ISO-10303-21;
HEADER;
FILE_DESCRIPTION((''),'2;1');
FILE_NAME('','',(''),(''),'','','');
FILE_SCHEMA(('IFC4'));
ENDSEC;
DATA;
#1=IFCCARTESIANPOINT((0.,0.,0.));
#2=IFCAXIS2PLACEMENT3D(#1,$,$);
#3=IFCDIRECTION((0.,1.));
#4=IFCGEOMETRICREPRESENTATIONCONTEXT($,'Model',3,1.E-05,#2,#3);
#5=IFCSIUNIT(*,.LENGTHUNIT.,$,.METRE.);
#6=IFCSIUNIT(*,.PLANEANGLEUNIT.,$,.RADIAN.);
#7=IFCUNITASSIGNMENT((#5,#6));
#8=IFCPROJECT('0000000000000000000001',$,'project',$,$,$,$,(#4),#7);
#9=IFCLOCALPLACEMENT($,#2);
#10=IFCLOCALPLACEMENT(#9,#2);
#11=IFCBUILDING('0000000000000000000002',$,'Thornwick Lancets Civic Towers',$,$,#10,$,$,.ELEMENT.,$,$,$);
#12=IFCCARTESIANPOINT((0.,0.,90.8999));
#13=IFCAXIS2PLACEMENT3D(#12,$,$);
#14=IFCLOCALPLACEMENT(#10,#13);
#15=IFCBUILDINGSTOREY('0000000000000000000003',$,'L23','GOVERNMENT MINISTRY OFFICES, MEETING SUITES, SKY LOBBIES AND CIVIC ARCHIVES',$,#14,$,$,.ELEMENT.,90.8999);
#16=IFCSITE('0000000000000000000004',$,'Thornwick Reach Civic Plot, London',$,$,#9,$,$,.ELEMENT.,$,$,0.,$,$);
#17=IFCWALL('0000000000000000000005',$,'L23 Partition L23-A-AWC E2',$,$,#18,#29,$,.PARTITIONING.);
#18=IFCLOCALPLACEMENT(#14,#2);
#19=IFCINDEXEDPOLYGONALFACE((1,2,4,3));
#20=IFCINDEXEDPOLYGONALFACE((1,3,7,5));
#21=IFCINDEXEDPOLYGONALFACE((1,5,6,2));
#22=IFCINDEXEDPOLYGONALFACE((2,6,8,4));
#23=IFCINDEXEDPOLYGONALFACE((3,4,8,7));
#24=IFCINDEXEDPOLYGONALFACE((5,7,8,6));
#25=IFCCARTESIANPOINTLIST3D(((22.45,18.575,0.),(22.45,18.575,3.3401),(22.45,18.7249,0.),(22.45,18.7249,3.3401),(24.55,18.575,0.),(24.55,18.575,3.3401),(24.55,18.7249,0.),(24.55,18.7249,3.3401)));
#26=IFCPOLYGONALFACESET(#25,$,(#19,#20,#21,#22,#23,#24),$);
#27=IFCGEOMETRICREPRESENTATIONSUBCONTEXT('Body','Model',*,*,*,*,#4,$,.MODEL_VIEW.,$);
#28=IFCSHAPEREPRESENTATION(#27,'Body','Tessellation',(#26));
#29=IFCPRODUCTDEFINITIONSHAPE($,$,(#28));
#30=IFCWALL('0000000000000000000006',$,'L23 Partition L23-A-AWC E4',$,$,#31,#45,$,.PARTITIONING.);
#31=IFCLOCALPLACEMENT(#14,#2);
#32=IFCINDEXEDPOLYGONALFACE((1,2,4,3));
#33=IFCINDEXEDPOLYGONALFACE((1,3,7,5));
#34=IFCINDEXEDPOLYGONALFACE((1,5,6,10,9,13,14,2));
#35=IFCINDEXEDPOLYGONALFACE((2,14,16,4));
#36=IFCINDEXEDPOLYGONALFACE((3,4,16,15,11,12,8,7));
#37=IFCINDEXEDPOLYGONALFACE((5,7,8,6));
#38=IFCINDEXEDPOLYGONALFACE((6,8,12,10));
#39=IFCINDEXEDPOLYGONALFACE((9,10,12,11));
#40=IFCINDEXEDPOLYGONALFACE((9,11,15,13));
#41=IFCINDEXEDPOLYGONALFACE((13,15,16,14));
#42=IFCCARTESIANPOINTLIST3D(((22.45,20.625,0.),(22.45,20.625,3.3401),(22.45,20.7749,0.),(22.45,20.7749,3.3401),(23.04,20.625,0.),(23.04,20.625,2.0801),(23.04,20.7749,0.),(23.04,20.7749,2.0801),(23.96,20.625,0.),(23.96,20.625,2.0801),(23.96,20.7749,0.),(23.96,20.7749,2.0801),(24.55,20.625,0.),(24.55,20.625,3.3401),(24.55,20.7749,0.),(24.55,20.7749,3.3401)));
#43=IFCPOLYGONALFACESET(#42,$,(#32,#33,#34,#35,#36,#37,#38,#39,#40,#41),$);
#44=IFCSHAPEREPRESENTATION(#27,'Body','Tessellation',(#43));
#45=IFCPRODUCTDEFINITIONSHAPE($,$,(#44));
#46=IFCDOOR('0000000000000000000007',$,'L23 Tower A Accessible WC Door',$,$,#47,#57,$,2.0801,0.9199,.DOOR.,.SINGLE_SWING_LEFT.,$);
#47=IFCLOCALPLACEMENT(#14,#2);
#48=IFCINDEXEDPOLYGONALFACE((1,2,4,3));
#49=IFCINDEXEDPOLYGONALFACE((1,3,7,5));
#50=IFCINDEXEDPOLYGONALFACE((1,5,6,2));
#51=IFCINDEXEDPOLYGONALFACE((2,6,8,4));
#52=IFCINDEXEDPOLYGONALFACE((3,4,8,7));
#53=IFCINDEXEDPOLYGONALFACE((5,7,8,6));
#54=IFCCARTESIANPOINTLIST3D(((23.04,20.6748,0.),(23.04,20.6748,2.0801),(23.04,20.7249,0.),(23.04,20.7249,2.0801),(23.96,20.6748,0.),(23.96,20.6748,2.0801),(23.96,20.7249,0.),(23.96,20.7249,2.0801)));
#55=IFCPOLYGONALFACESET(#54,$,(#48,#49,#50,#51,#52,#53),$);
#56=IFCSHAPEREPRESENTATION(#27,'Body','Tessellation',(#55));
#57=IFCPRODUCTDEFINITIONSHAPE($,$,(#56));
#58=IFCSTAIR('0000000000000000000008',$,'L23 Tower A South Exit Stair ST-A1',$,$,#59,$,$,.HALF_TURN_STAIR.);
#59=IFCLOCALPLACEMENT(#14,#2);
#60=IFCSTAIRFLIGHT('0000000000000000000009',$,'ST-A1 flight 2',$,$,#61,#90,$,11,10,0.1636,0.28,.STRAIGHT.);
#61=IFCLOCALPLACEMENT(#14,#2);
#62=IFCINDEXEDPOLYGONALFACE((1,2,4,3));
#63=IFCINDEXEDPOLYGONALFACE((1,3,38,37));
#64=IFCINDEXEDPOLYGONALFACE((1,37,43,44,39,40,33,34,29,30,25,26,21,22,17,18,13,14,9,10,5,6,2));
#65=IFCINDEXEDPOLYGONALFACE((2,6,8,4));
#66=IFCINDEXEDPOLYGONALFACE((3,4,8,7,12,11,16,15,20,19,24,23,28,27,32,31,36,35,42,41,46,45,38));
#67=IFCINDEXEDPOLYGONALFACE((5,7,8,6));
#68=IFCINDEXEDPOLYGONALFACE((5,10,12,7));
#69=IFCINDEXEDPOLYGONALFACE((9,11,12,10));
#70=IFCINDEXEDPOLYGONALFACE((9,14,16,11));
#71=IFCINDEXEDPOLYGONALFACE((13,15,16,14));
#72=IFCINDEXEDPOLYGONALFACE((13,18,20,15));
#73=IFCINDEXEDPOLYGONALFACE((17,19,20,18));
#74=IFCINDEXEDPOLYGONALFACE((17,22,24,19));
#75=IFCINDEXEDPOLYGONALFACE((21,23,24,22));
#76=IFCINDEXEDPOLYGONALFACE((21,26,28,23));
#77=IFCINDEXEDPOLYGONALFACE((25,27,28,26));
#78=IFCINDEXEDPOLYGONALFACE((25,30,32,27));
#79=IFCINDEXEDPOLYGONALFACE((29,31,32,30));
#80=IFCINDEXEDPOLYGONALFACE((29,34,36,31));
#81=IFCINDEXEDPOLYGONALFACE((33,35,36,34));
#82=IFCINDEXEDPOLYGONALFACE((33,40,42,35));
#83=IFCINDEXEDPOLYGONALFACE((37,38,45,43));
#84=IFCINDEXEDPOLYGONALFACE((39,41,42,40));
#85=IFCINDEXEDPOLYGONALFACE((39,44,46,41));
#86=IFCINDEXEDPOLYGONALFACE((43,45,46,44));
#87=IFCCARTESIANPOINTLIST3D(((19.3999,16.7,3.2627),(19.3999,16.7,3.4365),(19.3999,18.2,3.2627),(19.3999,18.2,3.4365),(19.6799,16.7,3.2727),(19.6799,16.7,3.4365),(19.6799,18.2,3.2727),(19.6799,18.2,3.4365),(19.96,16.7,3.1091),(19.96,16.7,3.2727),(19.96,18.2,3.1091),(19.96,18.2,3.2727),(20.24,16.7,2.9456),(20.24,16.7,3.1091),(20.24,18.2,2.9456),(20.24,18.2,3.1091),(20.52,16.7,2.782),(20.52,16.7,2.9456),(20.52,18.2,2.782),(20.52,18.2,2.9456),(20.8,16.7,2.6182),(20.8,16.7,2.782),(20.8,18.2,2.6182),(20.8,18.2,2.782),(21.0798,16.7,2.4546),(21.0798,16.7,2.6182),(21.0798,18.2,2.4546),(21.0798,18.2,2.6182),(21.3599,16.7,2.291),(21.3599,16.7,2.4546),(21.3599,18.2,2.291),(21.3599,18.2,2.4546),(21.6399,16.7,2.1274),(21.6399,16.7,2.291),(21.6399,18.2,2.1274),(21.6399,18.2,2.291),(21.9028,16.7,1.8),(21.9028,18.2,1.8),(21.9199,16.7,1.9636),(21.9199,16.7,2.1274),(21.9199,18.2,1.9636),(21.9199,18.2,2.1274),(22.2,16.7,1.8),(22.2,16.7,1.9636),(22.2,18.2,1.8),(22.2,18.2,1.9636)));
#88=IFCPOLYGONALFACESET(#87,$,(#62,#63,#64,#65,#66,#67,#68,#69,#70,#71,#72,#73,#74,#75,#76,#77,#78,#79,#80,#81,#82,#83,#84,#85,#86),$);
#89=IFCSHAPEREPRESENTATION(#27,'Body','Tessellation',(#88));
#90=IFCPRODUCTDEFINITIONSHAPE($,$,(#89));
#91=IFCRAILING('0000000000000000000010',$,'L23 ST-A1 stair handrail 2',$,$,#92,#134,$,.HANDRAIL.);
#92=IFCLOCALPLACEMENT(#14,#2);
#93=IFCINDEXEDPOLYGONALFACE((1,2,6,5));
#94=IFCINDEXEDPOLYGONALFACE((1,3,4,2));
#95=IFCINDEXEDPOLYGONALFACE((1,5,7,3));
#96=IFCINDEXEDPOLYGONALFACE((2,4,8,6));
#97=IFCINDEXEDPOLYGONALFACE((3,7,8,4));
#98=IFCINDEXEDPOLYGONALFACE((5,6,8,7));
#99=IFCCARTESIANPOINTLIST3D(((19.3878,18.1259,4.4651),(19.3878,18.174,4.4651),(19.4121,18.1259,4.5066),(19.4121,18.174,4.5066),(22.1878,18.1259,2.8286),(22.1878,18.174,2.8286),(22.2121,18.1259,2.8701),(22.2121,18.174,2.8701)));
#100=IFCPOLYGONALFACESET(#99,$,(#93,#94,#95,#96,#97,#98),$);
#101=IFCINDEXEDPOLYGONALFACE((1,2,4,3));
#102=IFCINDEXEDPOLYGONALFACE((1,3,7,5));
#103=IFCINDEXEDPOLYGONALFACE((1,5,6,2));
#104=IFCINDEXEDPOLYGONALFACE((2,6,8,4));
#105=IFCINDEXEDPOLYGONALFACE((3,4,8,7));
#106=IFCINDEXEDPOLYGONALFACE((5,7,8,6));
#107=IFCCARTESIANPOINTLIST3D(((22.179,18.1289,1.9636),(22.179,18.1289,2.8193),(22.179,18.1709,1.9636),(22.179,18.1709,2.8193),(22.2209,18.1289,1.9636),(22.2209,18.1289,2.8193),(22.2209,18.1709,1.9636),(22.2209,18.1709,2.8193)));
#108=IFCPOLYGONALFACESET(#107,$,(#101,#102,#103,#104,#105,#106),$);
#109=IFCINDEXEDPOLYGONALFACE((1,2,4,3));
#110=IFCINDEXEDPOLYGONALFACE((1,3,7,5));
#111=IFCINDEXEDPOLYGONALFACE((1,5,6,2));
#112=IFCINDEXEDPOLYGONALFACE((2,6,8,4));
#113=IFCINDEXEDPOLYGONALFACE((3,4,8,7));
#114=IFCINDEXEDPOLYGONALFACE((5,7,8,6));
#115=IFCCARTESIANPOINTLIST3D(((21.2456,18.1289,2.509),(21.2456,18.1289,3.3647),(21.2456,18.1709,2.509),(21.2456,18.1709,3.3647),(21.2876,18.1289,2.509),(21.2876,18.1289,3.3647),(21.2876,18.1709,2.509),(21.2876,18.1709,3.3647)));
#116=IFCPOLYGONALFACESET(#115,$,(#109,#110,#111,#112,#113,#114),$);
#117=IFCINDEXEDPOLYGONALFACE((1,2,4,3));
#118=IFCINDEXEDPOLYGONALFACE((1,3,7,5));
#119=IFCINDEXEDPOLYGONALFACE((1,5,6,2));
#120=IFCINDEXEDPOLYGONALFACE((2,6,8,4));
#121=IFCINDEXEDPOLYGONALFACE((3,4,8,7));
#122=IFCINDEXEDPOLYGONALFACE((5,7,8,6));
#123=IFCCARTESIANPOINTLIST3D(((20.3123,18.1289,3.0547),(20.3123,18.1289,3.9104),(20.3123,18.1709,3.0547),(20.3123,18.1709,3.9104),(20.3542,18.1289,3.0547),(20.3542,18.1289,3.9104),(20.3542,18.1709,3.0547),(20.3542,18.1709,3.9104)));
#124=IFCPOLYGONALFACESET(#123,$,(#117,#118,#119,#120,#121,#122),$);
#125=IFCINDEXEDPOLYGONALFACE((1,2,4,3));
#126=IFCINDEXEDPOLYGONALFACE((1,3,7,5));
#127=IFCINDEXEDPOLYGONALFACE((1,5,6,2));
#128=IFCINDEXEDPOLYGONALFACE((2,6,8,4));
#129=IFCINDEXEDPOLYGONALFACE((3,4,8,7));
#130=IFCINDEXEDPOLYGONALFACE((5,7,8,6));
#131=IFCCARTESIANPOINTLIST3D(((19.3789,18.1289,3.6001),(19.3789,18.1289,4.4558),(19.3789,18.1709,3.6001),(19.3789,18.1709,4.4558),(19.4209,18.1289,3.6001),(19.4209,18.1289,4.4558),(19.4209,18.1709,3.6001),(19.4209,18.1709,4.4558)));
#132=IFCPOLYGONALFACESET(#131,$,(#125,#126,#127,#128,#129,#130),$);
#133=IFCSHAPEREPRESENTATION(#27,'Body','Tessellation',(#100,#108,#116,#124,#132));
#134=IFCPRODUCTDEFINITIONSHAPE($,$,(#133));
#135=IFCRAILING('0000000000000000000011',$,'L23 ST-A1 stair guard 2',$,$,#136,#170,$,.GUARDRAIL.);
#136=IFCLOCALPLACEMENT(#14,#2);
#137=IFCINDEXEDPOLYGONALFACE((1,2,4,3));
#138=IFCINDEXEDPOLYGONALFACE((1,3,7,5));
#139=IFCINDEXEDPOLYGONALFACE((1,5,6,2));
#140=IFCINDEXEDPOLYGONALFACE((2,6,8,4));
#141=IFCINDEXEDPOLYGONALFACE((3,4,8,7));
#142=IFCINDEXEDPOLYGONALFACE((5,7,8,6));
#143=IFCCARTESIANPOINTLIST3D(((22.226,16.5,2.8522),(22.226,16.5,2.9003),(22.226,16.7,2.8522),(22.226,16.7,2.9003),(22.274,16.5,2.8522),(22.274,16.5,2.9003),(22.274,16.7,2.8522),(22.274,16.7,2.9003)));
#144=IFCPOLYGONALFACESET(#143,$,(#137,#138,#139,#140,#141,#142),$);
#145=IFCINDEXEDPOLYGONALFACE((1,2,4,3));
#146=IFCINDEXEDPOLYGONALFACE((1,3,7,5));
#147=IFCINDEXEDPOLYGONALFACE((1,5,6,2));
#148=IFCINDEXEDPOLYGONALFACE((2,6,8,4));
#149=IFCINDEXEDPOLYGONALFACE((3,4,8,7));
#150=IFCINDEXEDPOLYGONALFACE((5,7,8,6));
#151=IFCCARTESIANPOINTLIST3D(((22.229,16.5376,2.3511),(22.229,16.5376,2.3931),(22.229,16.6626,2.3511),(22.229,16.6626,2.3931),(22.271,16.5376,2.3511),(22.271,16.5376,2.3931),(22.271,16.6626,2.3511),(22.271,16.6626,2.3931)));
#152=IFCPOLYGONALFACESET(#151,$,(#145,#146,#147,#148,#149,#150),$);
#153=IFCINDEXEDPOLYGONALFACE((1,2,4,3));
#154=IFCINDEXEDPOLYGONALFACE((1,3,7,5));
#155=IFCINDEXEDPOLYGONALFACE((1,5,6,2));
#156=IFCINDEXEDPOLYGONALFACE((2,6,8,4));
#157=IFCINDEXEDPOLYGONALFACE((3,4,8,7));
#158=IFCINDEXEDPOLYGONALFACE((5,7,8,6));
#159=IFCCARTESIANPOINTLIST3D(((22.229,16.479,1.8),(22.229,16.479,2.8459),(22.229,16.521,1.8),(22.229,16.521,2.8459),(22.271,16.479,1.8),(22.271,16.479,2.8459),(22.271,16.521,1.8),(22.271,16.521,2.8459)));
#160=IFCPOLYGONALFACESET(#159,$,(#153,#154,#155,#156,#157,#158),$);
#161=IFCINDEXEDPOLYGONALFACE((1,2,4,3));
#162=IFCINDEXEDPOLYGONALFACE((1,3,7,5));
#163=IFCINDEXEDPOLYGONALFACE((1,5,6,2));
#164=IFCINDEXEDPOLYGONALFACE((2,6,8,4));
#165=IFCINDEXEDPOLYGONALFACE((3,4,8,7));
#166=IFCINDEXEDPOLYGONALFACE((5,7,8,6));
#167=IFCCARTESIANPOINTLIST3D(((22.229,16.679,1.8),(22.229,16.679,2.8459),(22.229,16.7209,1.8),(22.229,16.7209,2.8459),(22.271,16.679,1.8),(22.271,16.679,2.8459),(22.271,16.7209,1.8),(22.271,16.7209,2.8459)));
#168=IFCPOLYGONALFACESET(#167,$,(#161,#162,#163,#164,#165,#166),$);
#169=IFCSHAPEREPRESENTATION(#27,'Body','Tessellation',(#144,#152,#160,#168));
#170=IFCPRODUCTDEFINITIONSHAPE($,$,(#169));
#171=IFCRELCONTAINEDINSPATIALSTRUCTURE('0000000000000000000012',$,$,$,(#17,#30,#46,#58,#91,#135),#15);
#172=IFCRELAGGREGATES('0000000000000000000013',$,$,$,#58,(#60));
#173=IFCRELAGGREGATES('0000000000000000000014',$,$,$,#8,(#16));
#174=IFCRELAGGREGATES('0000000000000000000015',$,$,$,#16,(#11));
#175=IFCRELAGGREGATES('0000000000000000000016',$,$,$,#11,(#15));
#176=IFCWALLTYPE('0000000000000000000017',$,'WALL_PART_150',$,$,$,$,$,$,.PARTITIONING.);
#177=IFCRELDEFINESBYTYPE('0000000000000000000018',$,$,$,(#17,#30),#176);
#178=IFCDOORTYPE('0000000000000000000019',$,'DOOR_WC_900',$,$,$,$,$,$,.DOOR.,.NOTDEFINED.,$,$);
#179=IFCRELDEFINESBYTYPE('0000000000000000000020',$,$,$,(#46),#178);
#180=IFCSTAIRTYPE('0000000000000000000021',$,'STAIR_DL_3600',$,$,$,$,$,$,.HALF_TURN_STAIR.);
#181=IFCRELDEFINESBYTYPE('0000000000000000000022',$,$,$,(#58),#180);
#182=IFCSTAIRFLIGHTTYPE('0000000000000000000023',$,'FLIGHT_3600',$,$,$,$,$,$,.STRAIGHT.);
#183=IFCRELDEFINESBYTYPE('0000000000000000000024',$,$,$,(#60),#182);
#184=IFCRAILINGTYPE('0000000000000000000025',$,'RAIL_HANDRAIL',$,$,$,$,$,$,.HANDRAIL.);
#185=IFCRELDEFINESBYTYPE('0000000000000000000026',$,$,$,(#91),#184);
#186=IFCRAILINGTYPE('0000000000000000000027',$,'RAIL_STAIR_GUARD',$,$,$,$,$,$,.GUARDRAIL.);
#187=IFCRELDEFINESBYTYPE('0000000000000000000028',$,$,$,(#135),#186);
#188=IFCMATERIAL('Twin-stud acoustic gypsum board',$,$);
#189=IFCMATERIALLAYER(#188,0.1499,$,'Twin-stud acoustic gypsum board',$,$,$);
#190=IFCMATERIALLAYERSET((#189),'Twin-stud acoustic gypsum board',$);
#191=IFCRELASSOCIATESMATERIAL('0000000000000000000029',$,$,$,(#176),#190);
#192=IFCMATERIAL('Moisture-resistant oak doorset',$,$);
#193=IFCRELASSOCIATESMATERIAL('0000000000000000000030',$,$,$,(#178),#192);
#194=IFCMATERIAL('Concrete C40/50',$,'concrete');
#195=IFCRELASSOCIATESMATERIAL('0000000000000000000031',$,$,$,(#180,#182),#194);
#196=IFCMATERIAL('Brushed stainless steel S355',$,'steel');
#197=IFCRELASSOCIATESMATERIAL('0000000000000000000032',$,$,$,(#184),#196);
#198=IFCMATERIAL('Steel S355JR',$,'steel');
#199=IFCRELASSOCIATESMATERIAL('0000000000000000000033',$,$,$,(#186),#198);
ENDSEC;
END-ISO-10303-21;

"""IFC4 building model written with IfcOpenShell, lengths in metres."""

from ifc_helpers import new_model, si_unit, direction, frame, frame_2d, origin, origin_2d, place, context, subcontext, project, spatial, polyline, rectangle, outline, extrude, material, layer, layer_set, type_object, element, fill, aggregate, save


model = new_model("IFC4")

# Units and contexts
model_context = context("Model", 3, precision=1e-05, world=origin(), true_north=direction((0.0, 1.0)))
body_context = subcontext(model_context, "Body", "Model", "MODEL_VIEW")
ifc_project = project(units=[si_unit("LENGTHUNIT", "METRE"), si_unit("PLANEANGLEUNIT", "RADIAN")], contexts=[model_context])

# Site, building, storey
site_placement = place(None, origin())
site = spatial("IfcSite", under=ifc_project, at=site_placement, Name="Thornwick Reach Civic Plot, London", CompositionType="ELEMENT", RefElevation=0.0)
building_placement = place(site_placement, origin())
building = spatial("IfcBuilding", under=site, at=building_placement, Name="Thornwick Lancets Civic Towers", CompositionType="ELEMENT")
storey_placement = place(building_placement, frame((0.0, 0.0, 90.8999)))
storey = spatial("IfcBuildingStorey", under=building, at=storey_placement, Name="L23", Description="GOVERNMENT MINISTRY OFFICES, MEETING SUITES, SKY LOBBIES AND CIVIC ARCHIVES", CompositionType="ELEMENT", Elevation=90.8999)

# Shared definitions
ifc_material_1 = material(Name="Steel S355JR", Category="steel")

# Shared definitions
ifc_material_2 = material(Name="Twin-stud acoustic gypsum board")
ifc_layer_1 = layer(ifc_material_2, 0.1499, Name="Twin-stud acoustic gypsum board")
ifc_layer_set_1 = layer_set([ifc_layer_1], Name="Twin-stud acoustic gypsum board")
wall_type_1 = type_object("IfcWallType", Name="WALL_PART_150", PredefinedType="PARTITIONING", material=ifc_layer_set_1)
ifc_material_3 = material(Name="Moisture-resistant oak doorset")
door_type_1 = type_object("IfcDoorType", Name="DOOR_WC_900", OperationType="NOTDEFINED", PredefinedType="DOOR", material=ifc_material_3)

# Wall
wall_1_placement = place(storey_placement, frame((24.55, 18.6499, 0.0), z_axis=(0.0, 0.0, 1.0), x_axis=(-1.0, 0.0, 0.0)))
element("IfcWall", 1, at=wall_1_placement, inside=storey, type_object=wall_type_1, Name="L23 Partition L23-A-AWC E2", PredefinedType="PARTITIONING", context=body_context, shape_type="SweptSolid", body=[
    extrude(rectangle(XDim=2.1001, YDim=0.1499, at=frame_2d((1.05, 0.0))), origin(), (0.0, 0.0, 1.0), 3.3401),
])

# Wall, opening, door
wall_2_placement = place(storey_placement, frame((22.45, 20.7, 0.0), z_axis=(0.0, 0.0, 1.0), x_axis=(1.0, 0.0, 0.0)))
wall_2 = element("IfcWall", 2, at=wall_2_placement, inside=storey, type_object=wall_type_1, Name="L23 Partition L23-A-AWC E4", PredefinedType="PARTITIONING", context=body_context, shape_type="SweptSolid", body=[
    extrude(rectangle(XDim=2.1001, YDim=0.1499, at=frame_2d((1.05, 0.0))), origin(), (0.0, 0.0, 1.0), 3.3401),
])
opening_1_placement = place(wall_2_placement, frame((0.5901, 0.0, 0.0)))
opening_1 = element("IfcOpeningElement", 3, at=opening_1_placement, cuts=wall_2, PredefinedType="OPENING", context=body_context, shape_type="SweptSolid", body=[
    extrude(rectangle(XDim=0.9199, YDim=2.0801, at=frame_2d((0.46, 1.04))), frame((0.0, 0.085, 0.0), z_axis=(0.0, -1.0, 0.0), x_axis=(1.0, 0.0, 0.0)), (0.0, 0.0, 1.0), 0.1699),
])
door_1_placement = place(opening_1_placement, origin())
door_1 = element("IfcDoor", 4, at=door_1_placement, inside=storey, type_object=door_type_1, Name="L23 Tower A Accessible WC Door", OperationType="SINGLE_SWING_LEFT", OverallHeight=2.0801, OverallWidth=0.9199, PredefinedType="DOOR", context=body_context, shape_type="SweptSolid", body=[
    extrude(rectangle(XDim=0.9199, YDim=2.0801, at=frame_2d((0.46, 1.04))), frame((0.0, 0.0249, 0.0), z_axis=(0.0, -1.0, 0.0), x_axis=(1.0, 0.0, 0.0)), (0.0, 0.0, 1.0), 0.05),
])
fill(opening_1, door_1)

# Stair, stair flight
ifc_material_4 = material(Name="Concrete C40/50", Category="concrete")
stair_type = type_object("IfcStairType", Name="STAIR_DL_3600", PredefinedType="HALF_TURN_STAIR", material=ifc_material_4)
stair_placement = place(storey_placement, origin())
stair = element("IfcStair", 5, at=stair_placement, inside=storey, type_object=stair_type, Name="L23 Tower A South Exit Stair ST-A1", PredefinedType="HALF_TURN_STAIR")
stair_flight_type = type_object("IfcStairFlightType", Name="FLIGHT_3600", PredefinedType="STRAIGHT", material=ifc_material_4)
stair_flight_placement = place(storey_placement, frame((22.2, 17.45, 1.8), z_axis=(0.0, 0.0, 1.0), x_axis=(-1.0, 0.0, 0.0)))
stair_flight = element("IfcStairFlight", 6, at=stair_flight_placement, type_object=stair_flight_type, Name="ST-A1 flight 2", NumberOfRisers=11, NumberOfTreads=10, PredefinedType="STRAIGHT", RiserHeight=0.1636, TreadLength=0.28, context=body_context, shape_type="SweptSolid", body=[
    extrude(outline(polyline([(0.0, 0.0), (0.0, 0.1636), (0.28, 0.1636), (0.28, 0.3274), (0.5601, 0.3274), (0.5601, 0.491), (0.8401, 0.491), (0.8401, 0.6545), (1.1201, 0.6545), (1.1201, 0.8181), (1.3999, 0.8181), (1.3999, 0.9819), (1.6799, 0.9819), (1.6799, 1.1455), (1.96, 1.1455), (1.96, 1.3091), (2.24, 1.3091), (2.24, 1.4727), (2.52, 1.4727), (2.52, 1.6365), (2.8, 1.6365), (2.8, 1.8), (2.8, 1.4626), (0.2971, 0.0), (0.0, 0.0)])), frame((0.0, 0.75, 0.0), z_axis=(0.0, -1.0, 0.0), x_axis=(1.0, 0.0, 0.0)), (0.0, 0.0, 1.0), 1.5),
])
aggregate(stair, [stair_flight])

# Railings
ifc_material_5 = material(Name="Brushed stainless steel S355", Category="steel")
railing_type_1 = type_object("IfcRailingType", Name="RAIL_HANDRAIL", PredefinedType="HANDRAIL", material=ifc_material_5)
railing_1_placement = place(storey_placement, frame((22.2, 18.1499, 1.9636)))
element("IfcRailing", 7, at=railing_1_placement, inside=storey, type_object=railing_type_1, Name="L23 ST-A1 stair handrail 2", PredefinedType="HANDRAIL", context=body_context, shape_type="SweptSolid", body=[
    extrude(rectangle(XDim=0.0481, YDim=0.0481, at=origin_2d()), frame((0.0, 0.0, 0.8857), z_axis=(-0.863361, 0.0, 0.504587), x_axis=(0.0, -1.0, 0.0)), (0.0, 0.0, 1.0), 3.2432),
    extrude(rectangle(XDim=0.042, YDim=0.042, at=origin_2d()), origin(), (0.0, 0.0, 1.0), 0.8557),
    extrude(rectangle(XDim=0.042, YDim=0.042, at=origin_2d()), frame((-0.9333, 0.0, 0.5454)), (0.0, 0.0, 1.0), 0.8557),
    extrude(rectangle(XDim=0.042, YDim=0.042, at=origin_2d()), frame((-1.8667, 0.0, 1.0911)), (0.0, 0.0, 1.0), 0.8557),
    extrude(rectangle(XDim=0.042, YDim=0.042, at=origin_2d()), frame((-2.8, 0.0, 1.6365)), (0.0, 0.0, 1.0), 0.8557),
])
railing_type_2 = type_object("IfcRailingType", Name="RAIL_STAIR_GUARD", PredefinedType="GUARDRAIL", material=ifc_material_1)
railing_2_placement = place(storey_placement, frame((22.25, 16.5, 1.8)))
element("IfcRailing", 8, at=railing_2_placement, inside=storey, type_object=railing_type_2, Name="L23 ST-A1 stair guard 2", PredefinedType="GUARDRAIL", context=body_context, shape_type="SweptSolid", body=[
    extrude(rectangle(XDim=0.0481, YDim=0.0481, at=origin_2d()), frame((0.0, 0.0, 1.0762), z_axis=(0.0, 1.0, 0.0), x_axis=(-1.0, 0.0, 0.0)), (0.0, 0.0, 1.0), 0.2),
    extrude(rectangle(XDim=0.042, YDim=0.042, at=origin_2d()), frame((0.0, 0.0376, 0.572), z_axis=(0.0, 1.0, 0.0), x_axis=(-1.0, 0.0, 0.0)), (0.0, 0.0, 1.0), 0.125),
    extrude(rectangle(XDim=0.042, YDim=0.042, at=origin_2d()), origin(), (0.0, 0.0, 1.0), 1.0459),
    extrude(rectangle(XDim=0.042, YDim=0.042, at=origin_2d()), frame((0.0, 0.2, 0.0)), (0.0, 0.0, 1.0), 1.0459),
])

save(model, "model.ifc")
